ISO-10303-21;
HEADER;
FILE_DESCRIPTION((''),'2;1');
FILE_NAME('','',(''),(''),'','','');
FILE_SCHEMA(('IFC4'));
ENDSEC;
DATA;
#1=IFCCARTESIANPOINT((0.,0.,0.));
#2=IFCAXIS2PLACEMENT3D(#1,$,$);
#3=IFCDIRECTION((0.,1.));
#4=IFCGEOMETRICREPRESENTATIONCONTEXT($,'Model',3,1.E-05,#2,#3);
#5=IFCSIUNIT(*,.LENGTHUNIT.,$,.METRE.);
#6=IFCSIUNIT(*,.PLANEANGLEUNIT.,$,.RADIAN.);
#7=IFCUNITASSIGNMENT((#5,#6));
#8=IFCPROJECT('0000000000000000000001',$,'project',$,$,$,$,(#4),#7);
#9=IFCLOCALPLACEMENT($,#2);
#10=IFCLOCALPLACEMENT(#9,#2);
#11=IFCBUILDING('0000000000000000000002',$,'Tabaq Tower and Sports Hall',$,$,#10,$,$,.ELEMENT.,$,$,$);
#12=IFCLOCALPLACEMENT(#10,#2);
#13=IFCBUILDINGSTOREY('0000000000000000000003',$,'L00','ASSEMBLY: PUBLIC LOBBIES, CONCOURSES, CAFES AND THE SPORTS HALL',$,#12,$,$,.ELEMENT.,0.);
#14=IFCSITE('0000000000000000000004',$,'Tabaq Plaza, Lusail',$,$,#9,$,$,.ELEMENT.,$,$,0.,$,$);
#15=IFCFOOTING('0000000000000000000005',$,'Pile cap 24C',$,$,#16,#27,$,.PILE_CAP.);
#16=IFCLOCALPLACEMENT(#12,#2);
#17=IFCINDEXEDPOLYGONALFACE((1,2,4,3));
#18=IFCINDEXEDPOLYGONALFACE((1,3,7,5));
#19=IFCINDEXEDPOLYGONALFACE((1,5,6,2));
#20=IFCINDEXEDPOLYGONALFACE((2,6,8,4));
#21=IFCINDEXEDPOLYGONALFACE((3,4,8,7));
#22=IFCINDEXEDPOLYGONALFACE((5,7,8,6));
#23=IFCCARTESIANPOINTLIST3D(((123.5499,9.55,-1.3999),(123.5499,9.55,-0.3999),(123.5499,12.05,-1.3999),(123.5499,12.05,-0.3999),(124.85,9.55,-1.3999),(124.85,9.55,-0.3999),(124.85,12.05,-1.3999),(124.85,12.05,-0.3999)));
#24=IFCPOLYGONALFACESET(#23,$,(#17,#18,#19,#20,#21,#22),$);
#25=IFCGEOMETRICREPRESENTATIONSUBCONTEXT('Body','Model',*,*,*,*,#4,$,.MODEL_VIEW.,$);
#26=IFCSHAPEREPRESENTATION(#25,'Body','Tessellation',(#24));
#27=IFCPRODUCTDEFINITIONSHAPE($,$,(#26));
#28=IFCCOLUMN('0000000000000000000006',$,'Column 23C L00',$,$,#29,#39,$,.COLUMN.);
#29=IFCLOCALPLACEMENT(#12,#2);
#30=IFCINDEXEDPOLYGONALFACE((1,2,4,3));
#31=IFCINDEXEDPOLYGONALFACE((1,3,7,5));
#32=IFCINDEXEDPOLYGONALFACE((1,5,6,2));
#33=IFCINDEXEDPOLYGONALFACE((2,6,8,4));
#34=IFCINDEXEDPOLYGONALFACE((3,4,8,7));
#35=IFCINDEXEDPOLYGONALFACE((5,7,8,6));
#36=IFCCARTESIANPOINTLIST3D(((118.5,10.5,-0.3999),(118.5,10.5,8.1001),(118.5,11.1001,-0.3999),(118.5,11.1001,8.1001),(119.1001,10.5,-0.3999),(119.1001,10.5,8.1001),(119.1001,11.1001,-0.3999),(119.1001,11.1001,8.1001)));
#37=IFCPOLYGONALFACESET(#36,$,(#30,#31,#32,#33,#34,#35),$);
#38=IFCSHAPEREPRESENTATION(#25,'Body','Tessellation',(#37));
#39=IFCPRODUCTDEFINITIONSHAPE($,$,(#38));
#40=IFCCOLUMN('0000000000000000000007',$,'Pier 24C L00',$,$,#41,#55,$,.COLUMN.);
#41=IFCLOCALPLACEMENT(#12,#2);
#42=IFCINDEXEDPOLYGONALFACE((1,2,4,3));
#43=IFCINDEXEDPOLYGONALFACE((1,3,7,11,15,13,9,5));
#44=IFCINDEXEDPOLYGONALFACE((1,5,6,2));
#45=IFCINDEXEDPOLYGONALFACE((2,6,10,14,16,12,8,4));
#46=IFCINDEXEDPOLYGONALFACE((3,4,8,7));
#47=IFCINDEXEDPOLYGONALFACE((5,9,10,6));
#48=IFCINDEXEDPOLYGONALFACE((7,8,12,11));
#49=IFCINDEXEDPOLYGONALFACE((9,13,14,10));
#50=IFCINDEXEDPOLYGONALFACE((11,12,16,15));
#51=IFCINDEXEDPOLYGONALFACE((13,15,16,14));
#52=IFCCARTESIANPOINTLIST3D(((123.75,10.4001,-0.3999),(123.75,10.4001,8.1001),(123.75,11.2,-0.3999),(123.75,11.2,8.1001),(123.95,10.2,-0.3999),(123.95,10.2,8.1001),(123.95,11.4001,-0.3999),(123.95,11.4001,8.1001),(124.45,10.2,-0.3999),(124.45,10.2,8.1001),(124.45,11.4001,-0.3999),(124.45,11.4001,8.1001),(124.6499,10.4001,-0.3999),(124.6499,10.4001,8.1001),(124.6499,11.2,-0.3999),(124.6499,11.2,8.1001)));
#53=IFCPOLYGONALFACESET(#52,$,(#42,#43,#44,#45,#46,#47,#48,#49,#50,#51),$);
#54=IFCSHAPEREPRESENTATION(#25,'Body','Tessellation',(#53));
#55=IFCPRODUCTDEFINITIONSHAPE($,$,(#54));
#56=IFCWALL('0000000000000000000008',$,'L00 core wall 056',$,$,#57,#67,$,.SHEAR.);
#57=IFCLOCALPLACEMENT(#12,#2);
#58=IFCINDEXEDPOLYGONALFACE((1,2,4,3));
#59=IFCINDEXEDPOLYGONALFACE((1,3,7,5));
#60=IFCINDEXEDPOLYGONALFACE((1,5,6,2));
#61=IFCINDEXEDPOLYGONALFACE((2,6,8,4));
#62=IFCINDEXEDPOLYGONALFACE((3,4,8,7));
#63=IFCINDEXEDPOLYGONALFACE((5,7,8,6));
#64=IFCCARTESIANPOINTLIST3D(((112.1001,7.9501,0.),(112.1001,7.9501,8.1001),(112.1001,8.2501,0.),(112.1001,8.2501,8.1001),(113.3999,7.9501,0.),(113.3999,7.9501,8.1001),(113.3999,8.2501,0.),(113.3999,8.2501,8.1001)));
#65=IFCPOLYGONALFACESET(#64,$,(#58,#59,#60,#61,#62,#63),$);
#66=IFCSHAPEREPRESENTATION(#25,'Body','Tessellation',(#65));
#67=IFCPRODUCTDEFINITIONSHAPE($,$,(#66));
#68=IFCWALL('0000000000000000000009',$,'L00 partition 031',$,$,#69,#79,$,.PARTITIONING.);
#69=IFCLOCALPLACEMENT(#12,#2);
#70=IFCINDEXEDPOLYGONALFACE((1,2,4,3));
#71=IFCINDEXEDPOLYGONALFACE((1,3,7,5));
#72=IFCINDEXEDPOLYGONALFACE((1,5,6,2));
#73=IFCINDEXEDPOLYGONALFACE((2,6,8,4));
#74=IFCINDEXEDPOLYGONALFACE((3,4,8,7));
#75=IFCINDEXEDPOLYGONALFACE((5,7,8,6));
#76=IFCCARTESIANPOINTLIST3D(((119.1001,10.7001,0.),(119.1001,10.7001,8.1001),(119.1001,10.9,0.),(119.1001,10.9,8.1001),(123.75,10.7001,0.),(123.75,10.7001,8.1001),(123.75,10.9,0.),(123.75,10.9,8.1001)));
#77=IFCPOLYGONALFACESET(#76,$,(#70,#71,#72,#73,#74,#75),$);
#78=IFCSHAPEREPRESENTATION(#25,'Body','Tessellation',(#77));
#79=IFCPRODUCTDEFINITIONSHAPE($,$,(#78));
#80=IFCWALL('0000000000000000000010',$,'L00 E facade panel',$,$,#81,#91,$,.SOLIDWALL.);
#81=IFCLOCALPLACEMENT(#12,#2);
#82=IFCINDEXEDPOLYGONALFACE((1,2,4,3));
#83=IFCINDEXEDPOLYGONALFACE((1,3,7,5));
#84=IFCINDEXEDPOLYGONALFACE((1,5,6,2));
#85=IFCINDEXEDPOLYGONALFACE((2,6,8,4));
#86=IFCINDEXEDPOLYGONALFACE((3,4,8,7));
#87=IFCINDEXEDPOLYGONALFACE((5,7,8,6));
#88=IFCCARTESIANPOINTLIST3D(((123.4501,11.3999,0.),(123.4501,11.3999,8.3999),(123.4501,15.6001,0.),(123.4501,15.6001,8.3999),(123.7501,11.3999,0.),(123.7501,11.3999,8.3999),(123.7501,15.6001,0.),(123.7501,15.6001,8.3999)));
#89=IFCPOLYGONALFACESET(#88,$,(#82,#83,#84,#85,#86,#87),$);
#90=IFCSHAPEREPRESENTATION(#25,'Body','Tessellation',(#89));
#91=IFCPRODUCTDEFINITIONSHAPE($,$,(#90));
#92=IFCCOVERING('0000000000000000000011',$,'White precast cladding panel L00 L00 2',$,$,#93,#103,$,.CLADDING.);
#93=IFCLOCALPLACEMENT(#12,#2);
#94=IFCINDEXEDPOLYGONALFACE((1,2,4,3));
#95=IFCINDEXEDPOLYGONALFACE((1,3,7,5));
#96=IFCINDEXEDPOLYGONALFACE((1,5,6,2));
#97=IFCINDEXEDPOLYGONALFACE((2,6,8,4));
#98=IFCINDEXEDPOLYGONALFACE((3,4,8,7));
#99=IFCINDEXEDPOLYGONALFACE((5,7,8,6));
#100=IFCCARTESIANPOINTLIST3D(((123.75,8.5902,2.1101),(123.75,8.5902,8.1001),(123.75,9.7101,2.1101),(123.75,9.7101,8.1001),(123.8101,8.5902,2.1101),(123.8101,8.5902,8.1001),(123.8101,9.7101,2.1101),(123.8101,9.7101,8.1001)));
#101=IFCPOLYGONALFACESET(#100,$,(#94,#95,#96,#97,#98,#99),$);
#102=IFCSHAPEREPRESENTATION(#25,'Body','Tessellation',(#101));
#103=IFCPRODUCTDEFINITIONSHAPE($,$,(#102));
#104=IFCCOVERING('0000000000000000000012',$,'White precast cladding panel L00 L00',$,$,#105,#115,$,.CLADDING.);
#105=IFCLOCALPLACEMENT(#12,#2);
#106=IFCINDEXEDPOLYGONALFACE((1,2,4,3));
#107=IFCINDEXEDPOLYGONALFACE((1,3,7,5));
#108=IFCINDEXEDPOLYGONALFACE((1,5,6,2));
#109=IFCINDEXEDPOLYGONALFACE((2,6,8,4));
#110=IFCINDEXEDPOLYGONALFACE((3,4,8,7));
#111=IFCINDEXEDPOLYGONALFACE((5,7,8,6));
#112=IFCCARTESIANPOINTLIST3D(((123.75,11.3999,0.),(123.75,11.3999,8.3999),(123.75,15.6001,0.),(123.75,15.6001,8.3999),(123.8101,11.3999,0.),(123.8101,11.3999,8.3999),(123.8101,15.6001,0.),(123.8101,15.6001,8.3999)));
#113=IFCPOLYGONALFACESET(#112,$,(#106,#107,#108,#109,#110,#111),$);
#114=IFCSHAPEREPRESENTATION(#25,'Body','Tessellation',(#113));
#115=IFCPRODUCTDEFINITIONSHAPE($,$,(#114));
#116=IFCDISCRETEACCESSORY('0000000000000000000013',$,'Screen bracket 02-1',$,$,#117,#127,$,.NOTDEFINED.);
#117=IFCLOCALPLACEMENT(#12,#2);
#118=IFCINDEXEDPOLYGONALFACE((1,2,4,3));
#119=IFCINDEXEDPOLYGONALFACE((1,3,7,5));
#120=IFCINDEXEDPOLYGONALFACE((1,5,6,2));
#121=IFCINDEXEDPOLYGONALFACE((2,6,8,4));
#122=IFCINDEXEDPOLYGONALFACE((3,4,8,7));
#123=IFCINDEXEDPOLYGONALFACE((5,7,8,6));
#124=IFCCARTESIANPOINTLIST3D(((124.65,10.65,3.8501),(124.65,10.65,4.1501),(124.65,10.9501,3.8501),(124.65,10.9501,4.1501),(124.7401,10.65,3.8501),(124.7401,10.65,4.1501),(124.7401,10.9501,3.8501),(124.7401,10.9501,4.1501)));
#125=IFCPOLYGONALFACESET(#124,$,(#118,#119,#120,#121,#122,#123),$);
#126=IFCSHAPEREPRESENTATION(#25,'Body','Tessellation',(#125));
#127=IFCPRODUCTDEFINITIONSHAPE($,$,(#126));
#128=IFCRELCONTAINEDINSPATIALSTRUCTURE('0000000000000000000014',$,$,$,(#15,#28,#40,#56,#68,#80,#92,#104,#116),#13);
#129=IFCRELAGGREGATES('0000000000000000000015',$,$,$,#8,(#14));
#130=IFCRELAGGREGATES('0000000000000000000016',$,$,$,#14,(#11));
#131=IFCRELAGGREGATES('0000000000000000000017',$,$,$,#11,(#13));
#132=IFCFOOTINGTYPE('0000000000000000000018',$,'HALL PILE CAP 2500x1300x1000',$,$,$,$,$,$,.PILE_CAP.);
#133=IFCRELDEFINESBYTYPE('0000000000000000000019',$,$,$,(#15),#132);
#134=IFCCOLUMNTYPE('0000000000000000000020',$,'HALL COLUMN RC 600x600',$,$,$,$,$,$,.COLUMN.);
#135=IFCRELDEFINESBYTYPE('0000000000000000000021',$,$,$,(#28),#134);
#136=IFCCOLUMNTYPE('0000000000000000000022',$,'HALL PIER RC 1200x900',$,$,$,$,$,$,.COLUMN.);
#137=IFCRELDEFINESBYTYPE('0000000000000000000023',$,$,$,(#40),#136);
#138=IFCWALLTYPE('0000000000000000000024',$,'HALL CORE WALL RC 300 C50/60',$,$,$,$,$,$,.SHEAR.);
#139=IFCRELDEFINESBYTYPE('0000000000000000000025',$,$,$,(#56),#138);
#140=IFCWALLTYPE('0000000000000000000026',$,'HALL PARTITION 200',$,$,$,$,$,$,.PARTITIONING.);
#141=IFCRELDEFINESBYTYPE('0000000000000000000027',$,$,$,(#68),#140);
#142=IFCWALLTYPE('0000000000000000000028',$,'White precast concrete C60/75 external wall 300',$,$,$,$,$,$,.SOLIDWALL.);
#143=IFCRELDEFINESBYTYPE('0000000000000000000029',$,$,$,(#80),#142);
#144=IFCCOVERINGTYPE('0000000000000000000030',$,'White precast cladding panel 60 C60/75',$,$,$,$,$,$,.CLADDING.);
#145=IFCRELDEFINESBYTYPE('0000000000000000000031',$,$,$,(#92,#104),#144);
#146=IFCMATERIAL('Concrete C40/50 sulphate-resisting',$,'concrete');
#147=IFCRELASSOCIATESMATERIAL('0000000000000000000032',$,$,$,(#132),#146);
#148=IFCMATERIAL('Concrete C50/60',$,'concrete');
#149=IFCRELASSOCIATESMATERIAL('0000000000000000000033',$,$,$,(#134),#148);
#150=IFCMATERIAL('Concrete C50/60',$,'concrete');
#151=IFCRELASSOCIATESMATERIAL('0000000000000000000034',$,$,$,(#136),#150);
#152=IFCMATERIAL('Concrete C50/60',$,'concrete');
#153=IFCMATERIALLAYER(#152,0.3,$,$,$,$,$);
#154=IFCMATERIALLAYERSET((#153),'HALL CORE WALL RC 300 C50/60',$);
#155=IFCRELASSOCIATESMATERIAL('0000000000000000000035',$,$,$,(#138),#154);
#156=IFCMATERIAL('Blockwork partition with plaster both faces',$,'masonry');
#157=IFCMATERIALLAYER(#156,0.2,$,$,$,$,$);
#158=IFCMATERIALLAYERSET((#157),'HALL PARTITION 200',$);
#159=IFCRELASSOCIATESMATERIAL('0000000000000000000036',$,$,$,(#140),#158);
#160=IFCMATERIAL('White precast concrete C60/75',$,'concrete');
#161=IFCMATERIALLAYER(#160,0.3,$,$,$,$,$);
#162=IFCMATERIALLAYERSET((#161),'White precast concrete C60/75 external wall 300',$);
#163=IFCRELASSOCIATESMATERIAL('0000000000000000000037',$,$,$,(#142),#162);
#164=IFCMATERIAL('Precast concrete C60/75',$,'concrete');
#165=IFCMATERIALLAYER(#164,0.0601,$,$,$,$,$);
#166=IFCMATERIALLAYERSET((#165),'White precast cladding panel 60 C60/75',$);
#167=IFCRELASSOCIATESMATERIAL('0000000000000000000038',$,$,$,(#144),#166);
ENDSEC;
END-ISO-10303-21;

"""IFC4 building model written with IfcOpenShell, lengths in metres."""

from ifc_helpers import new_model, si_unit, direction, frame, frame_2d, origin, origin_2d, place, context, subcontext, project, spatial, polyline, rectangle, outline, extrude, material, layer, layer_set, material_profile, profile_set, type_object, element, save


model = new_model("IFC4")

# Units and contexts
model_context = context("Model", 3, precision=1e-05, world=origin(), true_north=direction((0.0, 1.0)))
body_context = subcontext(model_context, "Body", "Model", "MODEL_VIEW")
ifc_project = project(units=[si_unit("LENGTHUNIT", "METRE"), si_unit("PLANEANGLEUNIT", "RADIAN")], contexts=[model_context])

# Site, building, storey
site_placement = place(None, origin())
site = spatial("IfcSite", under=ifc_project, at=site_placement, Name="Tabaq Plaza, Lusail", CompositionType="ELEMENT", RefElevation=0.0)
building_placement = place(site_placement, origin())
building = spatial("IfcBuilding", under=site, at=building_placement, Name="Tabaq Tower and Sports Hall", CompositionType="ELEMENT")
storey_placement = place(building_placement, origin())
storey = spatial("IfcBuildingStorey", under=building, at=storey_placement, Name="L00", Description="ASSEMBLY: PUBLIC LOBBIES, CONCOURSES, CAFES AND THE SPORTS HALL", CompositionType="ELEMENT", Elevation=0.0)

# Footing
ifc_material_1 = material(Name="Concrete C40/50 sulphate-resisting", Category="concrete")
footing_type = type_object("IfcFootingType", Name="HALL PILE CAP 2500x1300x1000", PredefinedType="PILE_CAP", material=ifc_material_1)
for number, where, z_axis, x_axis, name in (
    (1, (124.2, 10.8, -1.3999), (0.0, 0.0, 1.0), (0.0, 1.0, 0.0), "Pile cap 24C"),
):
    element("IfcFooting", number, at=place(storey_placement, frame(where, z_axis=z_axis, x_axis=x_axis)), inside=storey, type_object=footing_type, Name=name, PredefinedType="PILE_CAP", context=body_context, shape_type="SweptSolid", body=[
        extrude(rectangle(XDim=2.5, YDim=1.3, at=origin_2d()), origin(), (0.0, 0.0, 1.0), 1.0),
    ])

# Columns
ifc_material_2 = material(Name="Concrete C50/60", Category="concrete")
ifc_material_profile_1 = material_profile(ifc_material_2, rectangle(XDim=0.6001, YDim=0.6001, at=origin_2d()), Name="RC 600x600")
ifc_profile_set_1 = profile_set([ifc_material_profile_1], Name="Concrete C50/60")
column_type_1 = type_object("IfcColumnType", Name="HALL COLUMN RC 600x600", PredefinedType="COLUMN", material=ifc_profile_set_1)
column_1_placement = place(storey_placement, frame((118.8, 10.8, -0.3999), z_axis=(0.0, 0.0, 1.0), x_axis=(1.0, 0.0, 0.0)))
element("IfcColumn", 2, at=column_1_placement, inside=storey, type_object=column_type_1, Name="Column 23C L00", PredefinedType="COLUMN", context=body_context, shape_type="SweptSolid", body=[
    extrude(rectangle(XDim=0.6001, YDim=0.6001, at=origin_2d()), origin(), (0.0, 0.0, 1.0), 8.5),
])
ifc_material_3 = material(Name="Concrete C50/60", Category="concrete")
ifc_material_profile_2 = material_profile(ifc_material_3, outline(polyline([(-0.3999, -0.45), (0.3999, -0.45), (0.6001, -0.25), (0.6001, 0.25), (0.3999, 0.45), (-0.3999, 0.45), (-0.6001, 0.25), (-0.6001, -0.25), (-0.3999, -0.45)])), Name="PIER 1200x900")
ifc_profile_set_2 = profile_set([ifc_material_profile_2], Name="Concrete C50/60")
column_type_2 = type_object("IfcColumnType", Name="HALL PIER RC 1200x900", PredefinedType="COLUMN", material=ifc_profile_set_2)
column_2_placement = place(storey_placement, frame((124.2, 10.8, -0.3999), z_axis=(0.0, 0.0, 1.0), x_axis=(0.0, 1.0, 0.0)))
element("IfcColumn", 3, at=column_2_placement, inside=storey, type_object=column_type_2, Name="Pier 24C L00", PredefinedType="COLUMN", context=body_context, shape_type="SweptSolid", body=[
    extrude(outline(polyline([(-0.3999, -0.45), (0.3999, -0.45), (0.6001, -0.25), (0.6001, 0.25), (0.3999, 0.45), (-0.3999, 0.45), (-0.6001, 0.25), (-0.6001, -0.25), (-0.3999, -0.45)])), origin(), (0.0, 0.0, 1.0), 8.5),
])

# Shared definitions
ifc_material_4 = material(Name="Concrete C50/60", Category="concrete")
ifc_layer_1 = layer(ifc_material_4, 0.3)
ifc_layer_set_1 = layer_set([ifc_layer_1], Name="HALL CORE WALL RC 300 C50/60")
wall_type_1 = type_object("IfcWallType", Name="HALL CORE WALL RC 300 C50/60", PredefinedType="SHEAR", material=ifc_layer_set_1)

# Wall
wall_1_placement = place(storey_placement, frame((112.1001, 8.1001, 0.0), z_axis=(0.0, 0.0, 1.0), x_axis=(1.0, 0.0, 0.0)))
element("IfcWall", 4, at=wall_1_placement, inside=storey, type_object=wall_type_1, Name="L00 core wall 056", PredefinedType="SHEAR", context=body_context, shape_type="SweptSolid", body=[
    extrude(rectangle(XDim=1.2998, YDim=0.3, at=frame_2d((0.6499, 0.0))), origin(), (0.0, 0.0, 1.0), 8.1001),
])

# Shared definitions
ifc_material_5 = material(Name="Blockwork partition with plaster both faces", Category="masonry")
ifc_layer_2 = layer(ifc_material_5, 0.2)
ifc_layer_set_2 = layer_set([ifc_layer_2], Name="HALL PARTITION 200")
wall_type_2 = type_object("IfcWallType", Name="HALL PARTITION 200", PredefinedType="PARTITIONING", material=ifc_layer_set_2)

# Walls
wall_2_placement = place(storey_placement, frame((119.1001, 10.8, 0.0), z_axis=(0.0, 0.0, 1.0), x_axis=(1.0, 0.0, 0.0)))
element("IfcWall", 5, at=wall_2_placement, inside=storey, type_object=wall_type_2, Name="L00 partition 031", PredefinedType="PARTITIONING", context=body_context, shape_type="SweptSolid", body=[
    extrude(rectangle(XDim=4.6499, YDim=0.2, at=frame_2d((2.325, 0.0))), origin(), (0.0, 0.0, 1.0), 8.1001),
])
ifc_material_6 = material(Name="White precast concrete C60/75", Category="concrete")
ifc_layer_3 = layer(ifc_material_6, 0.3)
ifc_layer_set_3 = layer_set([ifc_layer_3], Name="White precast concrete C60/75 external wall 300")
wall_type_3 = type_object("IfcWallType", Name="White precast concrete C60/75 external wall 300", PredefinedType="SOLIDWALL", material=ifc_layer_set_3)
wall_3_placement = place(storey_placement, frame((123.6001, 11.3999, 0.0), z_axis=(0.0, 0.0, 1.0), x_axis=(0.0, 1.0, 0.0)))
element("IfcWall", 6, at=wall_3_placement, inside=storey, type_object=wall_type_3, Name="L00 E facade panel", PredefinedType="SOLIDWALL", context=body_context, shape_type="SweptSolid", body=[
    extrude(rectangle(XDim=4.2002, YDim=0.3, at=frame_2d((2.1001, 0.0))), origin(), (0.0, 0.0, 1.0), 8.3999),
])

# Coverings
ifc_material_7 = material(Name="Precast concrete C60/75", Category="concrete")
ifc_layer_4 = layer(ifc_material_7, 0.0601)
ifc_layer_set_4 = layer_set([ifc_layer_4], Name="White precast cladding panel 60 C60/75")
covering_type = type_object("IfcCoveringType", Name="White precast cladding panel 60 C60/75", PredefinedType="CLADDING", material=ifc_layer_set_4)
covering_1_placement = place(storey_placement, frame((123.78, 8.5901, 2.1101), z_axis=(0.0, 0.0, 1.0), x_axis=(0.0, 1.0, 0.0)))
element("IfcCovering", 7, at=covering_1_placement, inside=storey, type_object=covering_type, Name="White precast cladding panel L00 L00 2", PredefinedType="CLADDING", context=body_context, shape_type="SweptSolid", body=[
    extrude(rectangle(XDim=1.1199, YDim=0.0601, at=frame_2d((0.5601, 0.0))), origin(), (0.0, 0.0, 1.0), 5.99),
])
covering_2_placement = place(storey_placement, frame((123.78, 11.3999, 0.0), z_axis=(0.0, 0.0, 1.0), x_axis=(0.0, 1.0, 0.0)))
element("IfcCovering", 8, at=covering_2_placement, inside=storey, type_object=covering_type, Name="White precast cladding panel L00 L00", PredefinedType="CLADDING", context=body_context, shape_type="SweptSolid", body=[
    extrude(rectangle(XDim=4.2002, YDim=0.0601, at=frame_2d((2.1001, 0.0))), origin(), (0.0, 0.0, 1.0), 8.3999),
])

# Discrete accessory
discrete_accessory_placement = place(storey_placement, frame((124.6951, 10.8, 3.8501), z_axis=(0.0, 0.0, 1.0), x_axis=(1.0, 0.0, 0.0)))
element("IfcDiscreteAccessory", 9, at=discrete_accessory_placement, inside=storey, Name="Screen bracket 02-1", PredefinedType="NOTDEFINED", context=body_context, shape_type="SweptSolid", body=[
    extrude(rectangle(XDim=0.0901, YDim=0.3, at=origin_2d()), origin(), (0.0, 0.0, 1.0), 0.3),
])

save(model, "model.ifc")
